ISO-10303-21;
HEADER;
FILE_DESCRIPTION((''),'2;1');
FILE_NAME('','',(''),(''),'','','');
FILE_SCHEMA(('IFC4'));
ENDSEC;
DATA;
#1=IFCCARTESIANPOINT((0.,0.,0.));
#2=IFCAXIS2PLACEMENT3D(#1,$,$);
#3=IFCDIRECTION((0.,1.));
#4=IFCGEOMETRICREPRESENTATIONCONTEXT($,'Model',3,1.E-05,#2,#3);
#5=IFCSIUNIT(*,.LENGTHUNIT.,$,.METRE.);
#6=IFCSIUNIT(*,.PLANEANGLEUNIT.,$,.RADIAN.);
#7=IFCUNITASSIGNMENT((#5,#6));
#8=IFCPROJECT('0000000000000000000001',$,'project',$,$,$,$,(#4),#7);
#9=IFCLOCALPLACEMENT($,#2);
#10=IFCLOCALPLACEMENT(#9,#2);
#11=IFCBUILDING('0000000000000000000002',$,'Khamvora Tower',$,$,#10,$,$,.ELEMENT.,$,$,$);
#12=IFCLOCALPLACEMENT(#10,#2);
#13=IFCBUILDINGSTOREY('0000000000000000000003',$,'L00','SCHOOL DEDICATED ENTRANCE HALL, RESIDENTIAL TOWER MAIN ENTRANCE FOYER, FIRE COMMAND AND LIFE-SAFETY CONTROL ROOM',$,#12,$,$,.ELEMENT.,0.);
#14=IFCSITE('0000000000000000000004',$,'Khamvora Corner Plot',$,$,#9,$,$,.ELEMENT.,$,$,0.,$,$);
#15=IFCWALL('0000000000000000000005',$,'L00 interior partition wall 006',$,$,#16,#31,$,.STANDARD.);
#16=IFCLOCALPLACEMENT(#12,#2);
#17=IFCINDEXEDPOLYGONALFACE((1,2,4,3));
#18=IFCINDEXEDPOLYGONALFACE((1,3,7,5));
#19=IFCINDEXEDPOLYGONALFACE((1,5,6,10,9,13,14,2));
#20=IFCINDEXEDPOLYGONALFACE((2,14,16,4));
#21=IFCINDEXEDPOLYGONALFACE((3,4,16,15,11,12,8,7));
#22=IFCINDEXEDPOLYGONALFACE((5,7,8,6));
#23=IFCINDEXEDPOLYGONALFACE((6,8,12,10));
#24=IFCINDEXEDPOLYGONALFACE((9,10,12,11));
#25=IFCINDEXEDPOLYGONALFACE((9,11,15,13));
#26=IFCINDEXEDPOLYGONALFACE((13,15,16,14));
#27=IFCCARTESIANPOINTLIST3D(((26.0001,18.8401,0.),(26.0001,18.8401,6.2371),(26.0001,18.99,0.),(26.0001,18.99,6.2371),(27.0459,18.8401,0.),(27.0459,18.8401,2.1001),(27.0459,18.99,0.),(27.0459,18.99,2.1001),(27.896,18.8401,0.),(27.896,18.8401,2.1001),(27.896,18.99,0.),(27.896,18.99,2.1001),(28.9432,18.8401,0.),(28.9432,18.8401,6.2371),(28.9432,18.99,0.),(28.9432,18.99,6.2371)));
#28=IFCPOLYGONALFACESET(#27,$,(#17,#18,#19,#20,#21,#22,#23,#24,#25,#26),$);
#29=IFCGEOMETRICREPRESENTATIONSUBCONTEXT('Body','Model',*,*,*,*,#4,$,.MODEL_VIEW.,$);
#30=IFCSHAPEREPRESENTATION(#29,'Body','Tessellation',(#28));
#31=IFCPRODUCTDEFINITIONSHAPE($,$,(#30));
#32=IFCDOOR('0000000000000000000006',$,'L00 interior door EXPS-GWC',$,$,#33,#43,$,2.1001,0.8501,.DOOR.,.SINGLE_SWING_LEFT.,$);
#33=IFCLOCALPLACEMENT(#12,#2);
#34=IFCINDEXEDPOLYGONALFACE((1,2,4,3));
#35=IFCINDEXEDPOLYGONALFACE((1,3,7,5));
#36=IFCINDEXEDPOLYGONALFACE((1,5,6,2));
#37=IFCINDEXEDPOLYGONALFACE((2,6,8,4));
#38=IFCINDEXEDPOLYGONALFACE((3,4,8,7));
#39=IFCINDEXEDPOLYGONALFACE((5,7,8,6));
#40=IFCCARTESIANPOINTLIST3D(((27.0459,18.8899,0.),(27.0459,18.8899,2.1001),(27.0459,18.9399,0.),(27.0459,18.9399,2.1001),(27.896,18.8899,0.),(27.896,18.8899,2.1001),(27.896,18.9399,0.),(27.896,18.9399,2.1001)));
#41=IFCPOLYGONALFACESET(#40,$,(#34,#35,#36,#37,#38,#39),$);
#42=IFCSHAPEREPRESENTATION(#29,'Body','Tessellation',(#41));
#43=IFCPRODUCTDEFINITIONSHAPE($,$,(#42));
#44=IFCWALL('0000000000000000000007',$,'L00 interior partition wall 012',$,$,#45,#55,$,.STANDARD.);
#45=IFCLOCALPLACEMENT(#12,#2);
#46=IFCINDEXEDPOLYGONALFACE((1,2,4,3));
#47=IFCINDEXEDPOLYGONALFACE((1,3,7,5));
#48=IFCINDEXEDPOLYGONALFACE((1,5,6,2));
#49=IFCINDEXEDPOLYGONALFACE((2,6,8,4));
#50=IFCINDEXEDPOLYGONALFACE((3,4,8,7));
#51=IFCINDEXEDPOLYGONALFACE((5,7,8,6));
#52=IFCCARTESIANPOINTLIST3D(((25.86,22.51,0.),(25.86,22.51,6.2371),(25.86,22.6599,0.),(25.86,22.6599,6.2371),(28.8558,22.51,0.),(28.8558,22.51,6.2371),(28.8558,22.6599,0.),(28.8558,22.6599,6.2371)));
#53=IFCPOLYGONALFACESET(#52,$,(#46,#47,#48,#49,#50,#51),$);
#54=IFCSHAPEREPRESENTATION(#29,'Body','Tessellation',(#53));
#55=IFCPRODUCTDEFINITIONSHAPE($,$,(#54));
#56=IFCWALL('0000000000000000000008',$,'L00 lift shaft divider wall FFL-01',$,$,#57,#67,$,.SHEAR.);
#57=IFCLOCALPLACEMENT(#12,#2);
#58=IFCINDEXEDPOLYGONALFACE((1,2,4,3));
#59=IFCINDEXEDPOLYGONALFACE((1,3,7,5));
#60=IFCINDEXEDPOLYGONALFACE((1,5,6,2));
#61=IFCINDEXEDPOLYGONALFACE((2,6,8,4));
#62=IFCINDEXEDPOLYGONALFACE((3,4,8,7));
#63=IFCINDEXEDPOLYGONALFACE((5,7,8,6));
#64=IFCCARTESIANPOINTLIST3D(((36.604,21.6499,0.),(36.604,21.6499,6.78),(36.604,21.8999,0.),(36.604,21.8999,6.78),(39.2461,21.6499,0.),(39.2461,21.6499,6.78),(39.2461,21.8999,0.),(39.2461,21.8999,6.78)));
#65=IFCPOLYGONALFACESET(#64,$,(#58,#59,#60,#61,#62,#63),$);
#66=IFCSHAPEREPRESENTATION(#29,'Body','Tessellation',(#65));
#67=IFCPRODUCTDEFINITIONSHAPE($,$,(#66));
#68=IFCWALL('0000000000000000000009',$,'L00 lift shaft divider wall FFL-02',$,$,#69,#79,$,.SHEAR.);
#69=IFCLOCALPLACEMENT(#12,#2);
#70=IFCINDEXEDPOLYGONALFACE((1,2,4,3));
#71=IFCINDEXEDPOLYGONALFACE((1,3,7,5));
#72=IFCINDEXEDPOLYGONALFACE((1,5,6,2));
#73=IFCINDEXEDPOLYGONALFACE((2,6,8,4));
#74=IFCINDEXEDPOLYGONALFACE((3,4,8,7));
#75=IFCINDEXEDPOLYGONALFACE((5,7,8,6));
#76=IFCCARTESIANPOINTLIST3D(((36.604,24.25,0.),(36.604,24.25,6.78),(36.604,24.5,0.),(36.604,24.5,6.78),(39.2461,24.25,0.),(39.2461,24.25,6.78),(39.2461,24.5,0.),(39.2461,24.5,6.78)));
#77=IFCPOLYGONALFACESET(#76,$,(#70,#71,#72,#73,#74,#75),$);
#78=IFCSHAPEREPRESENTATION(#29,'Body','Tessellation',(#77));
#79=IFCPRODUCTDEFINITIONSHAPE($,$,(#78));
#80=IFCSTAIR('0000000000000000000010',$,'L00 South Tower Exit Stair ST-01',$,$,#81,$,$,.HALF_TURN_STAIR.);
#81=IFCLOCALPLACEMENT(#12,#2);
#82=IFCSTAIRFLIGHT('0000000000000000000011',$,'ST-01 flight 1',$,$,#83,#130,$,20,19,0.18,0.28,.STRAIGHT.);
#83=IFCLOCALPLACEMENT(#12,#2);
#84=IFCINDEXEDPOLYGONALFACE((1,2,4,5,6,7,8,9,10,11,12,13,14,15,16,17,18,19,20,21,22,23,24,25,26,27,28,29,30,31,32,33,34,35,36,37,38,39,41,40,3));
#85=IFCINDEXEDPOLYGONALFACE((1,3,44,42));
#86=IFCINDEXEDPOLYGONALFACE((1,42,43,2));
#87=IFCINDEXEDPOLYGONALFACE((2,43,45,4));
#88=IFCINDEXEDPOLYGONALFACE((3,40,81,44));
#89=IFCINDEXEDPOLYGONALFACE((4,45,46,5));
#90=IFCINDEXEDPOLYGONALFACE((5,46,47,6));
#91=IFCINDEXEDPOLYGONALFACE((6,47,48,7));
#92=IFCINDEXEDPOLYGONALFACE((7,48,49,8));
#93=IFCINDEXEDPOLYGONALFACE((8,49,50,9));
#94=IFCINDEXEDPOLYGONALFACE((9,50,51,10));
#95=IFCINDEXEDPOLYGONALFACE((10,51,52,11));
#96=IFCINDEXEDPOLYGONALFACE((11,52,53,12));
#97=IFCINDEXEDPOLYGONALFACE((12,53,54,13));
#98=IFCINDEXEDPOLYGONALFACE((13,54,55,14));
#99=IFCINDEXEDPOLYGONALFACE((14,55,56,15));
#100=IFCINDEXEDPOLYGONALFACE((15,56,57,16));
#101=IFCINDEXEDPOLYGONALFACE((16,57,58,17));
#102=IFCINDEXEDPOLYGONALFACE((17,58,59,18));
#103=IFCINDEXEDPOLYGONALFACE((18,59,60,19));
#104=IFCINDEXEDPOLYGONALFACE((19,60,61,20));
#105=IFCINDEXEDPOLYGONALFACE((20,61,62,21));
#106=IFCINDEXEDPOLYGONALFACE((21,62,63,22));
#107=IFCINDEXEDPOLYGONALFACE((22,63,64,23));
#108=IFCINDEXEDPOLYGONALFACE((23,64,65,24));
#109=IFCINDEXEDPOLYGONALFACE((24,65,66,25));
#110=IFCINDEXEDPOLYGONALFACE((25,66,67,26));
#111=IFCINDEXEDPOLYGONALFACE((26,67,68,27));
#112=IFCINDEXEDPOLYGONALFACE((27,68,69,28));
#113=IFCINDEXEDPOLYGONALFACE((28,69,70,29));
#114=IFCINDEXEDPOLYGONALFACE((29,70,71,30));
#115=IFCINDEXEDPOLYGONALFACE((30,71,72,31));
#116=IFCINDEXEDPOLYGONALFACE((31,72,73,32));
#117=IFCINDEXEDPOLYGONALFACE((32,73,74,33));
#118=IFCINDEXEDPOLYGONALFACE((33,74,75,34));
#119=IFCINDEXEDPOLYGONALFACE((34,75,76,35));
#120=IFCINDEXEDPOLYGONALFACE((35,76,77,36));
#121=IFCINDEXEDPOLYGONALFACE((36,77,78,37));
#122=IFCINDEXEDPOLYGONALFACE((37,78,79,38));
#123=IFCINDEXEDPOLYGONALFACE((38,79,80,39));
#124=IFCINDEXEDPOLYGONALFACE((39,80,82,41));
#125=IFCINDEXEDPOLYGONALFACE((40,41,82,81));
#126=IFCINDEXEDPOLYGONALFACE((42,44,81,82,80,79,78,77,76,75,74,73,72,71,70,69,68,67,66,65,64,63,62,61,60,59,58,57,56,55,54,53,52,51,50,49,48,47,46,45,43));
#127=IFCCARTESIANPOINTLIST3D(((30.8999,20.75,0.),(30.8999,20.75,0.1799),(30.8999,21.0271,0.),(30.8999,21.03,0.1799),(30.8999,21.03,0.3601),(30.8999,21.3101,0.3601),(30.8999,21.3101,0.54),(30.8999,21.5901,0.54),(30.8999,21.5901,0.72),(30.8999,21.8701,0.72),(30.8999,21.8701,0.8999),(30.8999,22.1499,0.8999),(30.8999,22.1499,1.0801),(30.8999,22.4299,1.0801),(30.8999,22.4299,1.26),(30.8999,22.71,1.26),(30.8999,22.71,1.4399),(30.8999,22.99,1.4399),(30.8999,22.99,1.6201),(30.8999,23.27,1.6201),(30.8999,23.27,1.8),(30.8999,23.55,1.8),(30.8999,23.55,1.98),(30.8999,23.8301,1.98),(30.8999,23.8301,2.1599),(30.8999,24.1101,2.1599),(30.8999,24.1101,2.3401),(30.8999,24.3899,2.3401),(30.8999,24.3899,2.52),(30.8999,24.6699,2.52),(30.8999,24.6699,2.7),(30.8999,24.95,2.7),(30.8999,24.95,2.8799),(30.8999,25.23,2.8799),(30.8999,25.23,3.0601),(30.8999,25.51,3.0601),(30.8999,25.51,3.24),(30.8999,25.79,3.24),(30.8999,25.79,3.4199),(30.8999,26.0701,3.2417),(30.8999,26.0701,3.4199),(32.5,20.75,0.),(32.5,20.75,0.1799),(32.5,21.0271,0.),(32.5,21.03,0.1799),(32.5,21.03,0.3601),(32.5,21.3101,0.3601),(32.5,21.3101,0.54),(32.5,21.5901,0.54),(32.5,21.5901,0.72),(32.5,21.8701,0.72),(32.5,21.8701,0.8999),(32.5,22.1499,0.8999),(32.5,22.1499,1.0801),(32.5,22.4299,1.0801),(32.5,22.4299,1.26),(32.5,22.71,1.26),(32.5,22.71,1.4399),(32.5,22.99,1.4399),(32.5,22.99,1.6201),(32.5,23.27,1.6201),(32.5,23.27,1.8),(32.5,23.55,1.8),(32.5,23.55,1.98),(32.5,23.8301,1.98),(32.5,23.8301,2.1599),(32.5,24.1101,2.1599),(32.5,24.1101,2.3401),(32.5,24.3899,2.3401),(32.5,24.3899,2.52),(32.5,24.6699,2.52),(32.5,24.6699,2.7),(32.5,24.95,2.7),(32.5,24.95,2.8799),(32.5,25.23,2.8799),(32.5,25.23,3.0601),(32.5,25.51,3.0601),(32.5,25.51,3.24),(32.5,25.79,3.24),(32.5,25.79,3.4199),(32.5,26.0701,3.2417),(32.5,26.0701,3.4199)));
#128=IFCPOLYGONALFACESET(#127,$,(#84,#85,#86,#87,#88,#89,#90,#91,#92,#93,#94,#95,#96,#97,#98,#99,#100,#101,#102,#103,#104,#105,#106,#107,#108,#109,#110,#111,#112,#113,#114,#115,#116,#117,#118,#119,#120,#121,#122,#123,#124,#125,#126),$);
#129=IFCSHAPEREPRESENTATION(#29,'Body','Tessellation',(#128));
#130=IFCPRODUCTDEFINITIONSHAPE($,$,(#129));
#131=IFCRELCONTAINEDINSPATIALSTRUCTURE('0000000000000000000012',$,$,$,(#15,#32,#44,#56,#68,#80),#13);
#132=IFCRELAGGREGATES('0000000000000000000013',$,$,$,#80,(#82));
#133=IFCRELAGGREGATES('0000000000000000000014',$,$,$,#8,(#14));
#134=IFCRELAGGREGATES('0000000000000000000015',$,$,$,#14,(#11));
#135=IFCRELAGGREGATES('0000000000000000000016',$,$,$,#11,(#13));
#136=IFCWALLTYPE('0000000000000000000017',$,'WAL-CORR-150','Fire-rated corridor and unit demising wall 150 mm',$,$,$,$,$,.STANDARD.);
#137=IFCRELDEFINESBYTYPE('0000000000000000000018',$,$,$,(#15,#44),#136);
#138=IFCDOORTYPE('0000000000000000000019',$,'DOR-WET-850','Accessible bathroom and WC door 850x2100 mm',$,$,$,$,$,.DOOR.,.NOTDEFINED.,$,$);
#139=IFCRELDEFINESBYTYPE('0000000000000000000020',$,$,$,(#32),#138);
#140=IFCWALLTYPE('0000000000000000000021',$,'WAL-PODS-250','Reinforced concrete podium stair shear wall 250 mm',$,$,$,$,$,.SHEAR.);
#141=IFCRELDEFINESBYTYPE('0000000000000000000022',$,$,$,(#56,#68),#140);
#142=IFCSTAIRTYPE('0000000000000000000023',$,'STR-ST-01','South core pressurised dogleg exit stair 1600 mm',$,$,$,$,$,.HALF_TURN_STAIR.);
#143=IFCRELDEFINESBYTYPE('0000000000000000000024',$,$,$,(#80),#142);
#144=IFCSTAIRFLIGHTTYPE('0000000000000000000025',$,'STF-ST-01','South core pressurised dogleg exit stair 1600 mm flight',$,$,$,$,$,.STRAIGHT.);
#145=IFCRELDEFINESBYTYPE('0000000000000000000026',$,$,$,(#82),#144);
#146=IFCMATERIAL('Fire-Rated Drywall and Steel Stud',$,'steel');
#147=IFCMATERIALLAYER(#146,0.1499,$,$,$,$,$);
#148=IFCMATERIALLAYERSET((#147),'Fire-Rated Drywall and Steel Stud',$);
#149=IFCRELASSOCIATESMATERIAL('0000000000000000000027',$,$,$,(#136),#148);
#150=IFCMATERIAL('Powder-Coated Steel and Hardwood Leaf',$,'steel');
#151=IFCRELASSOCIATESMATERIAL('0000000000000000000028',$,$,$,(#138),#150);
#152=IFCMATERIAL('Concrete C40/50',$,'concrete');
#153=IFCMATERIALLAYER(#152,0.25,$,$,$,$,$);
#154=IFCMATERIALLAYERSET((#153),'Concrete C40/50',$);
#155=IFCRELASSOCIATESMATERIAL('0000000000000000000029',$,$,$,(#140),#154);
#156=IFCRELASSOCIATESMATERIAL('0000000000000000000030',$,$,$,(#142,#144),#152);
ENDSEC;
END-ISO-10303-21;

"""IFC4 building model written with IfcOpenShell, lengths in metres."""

from ifc_helpers import new_model, si_unit, direction, frame, frame_2d, origin, place, context, subcontext, project, spatial, polyline, rectangle, outline, extrude, material, layer, layer_set, type_object, element, fill, aggregate, save


model = new_model("IFC4")

# Units and contexts
model_context = context("Model", 3, precision=1e-05, world=origin(), true_north=direction((0.0, 1.0)))
body_context = subcontext(model_context, "Body", "Model", "MODEL_VIEW")
ifc_project = project(units=[si_unit("LENGTHUNIT", "METRE"), si_unit("PLANEANGLEUNIT", "RADIAN")], contexts=[model_context])

# Site, building, storey
site_placement = place(None, origin())
site = spatial("IfcSite", under=ifc_project, at=site_placement, Name="Khamvora Corner Plot", CompositionType="ELEMENT", RefElevation=0.0)
building_placement = place(site_placement, origin())
building = spatial("IfcBuilding", under=site, at=building_placement, Name="Khamvora Tower", CompositionType="ELEMENT")
storey_placement = place(building_placement, origin())
storey = spatial("IfcBuildingStorey", under=building, at=storey_placement, Name="L00", Description="SCHOOL DEDICATED ENTRANCE HALL, RESIDENTIAL TOWER MAIN ENTRANCE FOYER, FIRE COMMAND AND LIFE-SAFETY CONTROL ROOM", CompositionType="ELEMENT", Elevation=0.0)

# Shared definitions
ifc_material_1 = material(Name="Powder-Coated Steel and Hardwood Leaf", Category="steel")

# Wall, opening, door
ifc_material_2 = material(Name="Fire-Rated Drywall and Steel Stud", Category="steel")
ifc_layer_1 = layer(ifc_material_2, 0.1499)
ifc_layer_set_1 = layer_set([ifc_layer_1], Name="Fire-Rated Drywall and Steel Stud")
wall_type_1 = type_object("IfcWallType", Name="WAL-CORR-150", Description="Fire-rated corridor and unit demising wall 150 mm", PredefinedType="STANDARD", material=ifc_layer_set_1)
wall_1_placement = place(storey_placement, frame((26.0, 18.915, 0.0), z_axis=(0.0, 0.0, 1.0), x_axis=(1.0, 0.0, 0.0)))
wall_1 = element("IfcWall", 1, at=wall_1_placement, inside=storey, type_object=wall_type_1, Name="L00 interior partition wall 006", PredefinedType="STANDARD", context=body_context, shape_type="SweptSolid", body=[
    extrude(rectangle(XDim=2.9431, YDim=0.1499, at=frame_2d((1.4717, 0.0))), origin(), (0.0, 0.0, 1.0), 6.2371),
])
opening_1_placement = place(wall_1_placement, frame((1.0459, 0.0, 0.0)))
opening_1 = element("IfcOpeningElement", 2, at=opening_1_placement, cuts=wall_1, PredefinedType="OPENING", context=body_context, shape_type="SweptSolid", body=[
    extrude(rectangle(XDim=0.8501, YDim=2.1001, at=frame_2d((0.425, 1.05))), frame((0.0, 0.085, 0.0), z_axis=(0.0, -1.0, 0.0), x_axis=(1.0, 0.0, 0.0)), (0.0, 0.0, 1.0), 0.1699),
])
door_type_1 = type_object("IfcDoorType", Name="DOR-WET-850", Description="Accessible bathroom and WC door 850x2100 mm", OperationType="NOTDEFINED", PredefinedType="DOOR", material=ifc_material_1)
door_1_placement = place(opening_1_placement, origin())
door_1 = element("IfcDoor", 3, at=door_1_placement, inside=storey, type_object=door_type_1, Name="L00 interior door EXPS-GWC", OperationType="SINGLE_SWING_LEFT", OverallHeight=2.1001, OverallWidth=0.8501, PredefinedType="DOOR", context=body_context, shape_type="SweptSolid", body=[
    extrude(rectangle(XDim=0.8501, YDim=2.1001, at=frame_2d((0.425, 1.05))), frame((0.0, 0.0249, 0.0), z_axis=(0.0, -1.0, 0.0), x_axis=(1.0, 0.0, 0.0)), (0.0, 0.0, 1.0), 0.05),
])
fill(opening_1, door_1)

# Walls
wall_2_placement = place(storey_placement, frame((28.856, 22.585, 0.0), z_axis=(0.0, 0.0, 1.0), x_axis=(-1.0, 0.0, 0.0)))
element("IfcWall", 4, at=wall_2_placement, inside=storey, type_object=wall_type_1, Name="L00 interior partition wall 012", PredefinedType="STANDARD", context=body_context, shape_type="SweptSolid", body=[
    extrude(rectangle(XDim=2.9958, YDim=0.1499, at=frame_2d((1.498, 0.0))), origin(), (0.0, 0.0, 1.0), 6.2371),
])
ifc_material_3 = material(Name="Concrete C40/50", Category="concrete")
ifc_layer_2 = layer(ifc_material_3, 0.25)
ifc_layer_set_2 = layer_set([ifc_layer_2], Name="Concrete C40/50")
wall_type_2 = type_object("IfcWallType", Name="WAL-PODS-250", Description="Reinforced concrete podium stair shear wall 250 mm", PredefinedType="SHEAR", material=ifc_layer_set_2)
for number, where, z_axis, x_axis, name in (
    (5, (36.604, 21.7749, 0.0), (0.0, 0.0, 1.0), (1.0, 0.0, 0.0), "L00 lift shaft divider wall FFL-01"),
    (6, (36.604, 24.375, 0.0), (0.0, 0.0, 1.0), (1.0, 0.0, 0.0), "L00 lift shaft divider wall FFL-02"),
):
    element("IfcWall", number, at=place(storey_placement, frame(where, z_axis=z_axis, x_axis=x_axis)), inside=storey, type_object=wall_type_2, Name=name, PredefinedType="SHEAR", context=body_context, shape_type="SweptSolid", body=[
        extrude(rectangle(XDim=2.6421, YDim=0.25, at=frame_2d((1.321, 0.0))), origin(), (0.0, 0.0, 1.0), 6.78),
    ])

# Stair, stair flight
stair_type = type_object("IfcStairType", Name="STR-ST-01", Description="South core pressurised dogleg exit stair 1600 mm", PredefinedType="HALF_TURN_STAIR", material=ifc_material_3)
stair_placement = place(storey_placement, origin())
stair = element("IfcStair", 7, at=stair_placement, inside=storey, type_object=stair_type, Name="L00 South Tower Exit Stair ST-01", PredefinedType="HALF_TURN_STAIR")
stair_flight_type = type_object("IfcStairFlightType", Name="STF-ST-01", Description="South core pressurised dogleg exit stair 1600 mm flight", PredefinedType="STRAIGHT", material=ifc_material_3)
stair_flight_placement = place(storey_placement, frame((31.7, 20.75, 0.0), z_axis=(0.0, 0.0, 1.0), x_axis=(0.0, 1.0, 0.0)))
stair_flight = element("IfcStairFlight", 8, at=stair_flight_placement, type_object=stair_flight_type, Name="ST-01 flight 1", NumberOfRisers=20, NumberOfTreads=19, PredefinedType="STRAIGHT", RiserHeight=0.18, TreadLength=0.28, context=body_context, shape_type="SweptSolid", body=[
    extrude(outline(polyline([(0.0, 0.0), (0.0, 0.1799), (0.28, 0.1799), (0.28, 0.3601), (0.5601, 0.3601), (0.5601, 0.54), (0.8401, 0.54), (0.8401, 0.72), (1.1201, 0.72), (1.1201, 0.8999), (1.3999, 0.8999), (1.3999, 1.0801), (1.6799, 1.0801), (1.6799, 1.26), (1.96, 1.26), (1.96, 1.4399), (2.24, 1.4399), (2.24, 1.6201), (2.52, 1.6201), (2.52, 1.8), (2.8, 1.8), (2.8, 1.98), (3.0801, 1.98), (3.0801, 2.1599), (3.3601, 2.1599), (3.3601, 2.3401), (3.6399, 2.3401), (3.6399, 2.52), (3.9199, 2.52), (3.9199, 2.7), (4.2, 2.7), (4.2, 2.8799), (4.48, 2.8799), (4.48, 3.0601), (4.76, 3.0601), (4.76, 3.24), (5.04, 3.24), (5.04, 3.4199), (5.3201, 3.4199), (5.3201, 3.6001), (5.3201, 3.2417), (0.2771, 0.0), (0.0, 0.0)])), frame((0.0, 0.8, 0.0), z_axis=(0.0, -1.0, 0.0), x_axis=(1.0, 0.0, 0.0)), (0.0, 0.0, 1.0), 1.6001),
])
aggregate(stair, [stair_flight])

save(model, "model.ifc")
